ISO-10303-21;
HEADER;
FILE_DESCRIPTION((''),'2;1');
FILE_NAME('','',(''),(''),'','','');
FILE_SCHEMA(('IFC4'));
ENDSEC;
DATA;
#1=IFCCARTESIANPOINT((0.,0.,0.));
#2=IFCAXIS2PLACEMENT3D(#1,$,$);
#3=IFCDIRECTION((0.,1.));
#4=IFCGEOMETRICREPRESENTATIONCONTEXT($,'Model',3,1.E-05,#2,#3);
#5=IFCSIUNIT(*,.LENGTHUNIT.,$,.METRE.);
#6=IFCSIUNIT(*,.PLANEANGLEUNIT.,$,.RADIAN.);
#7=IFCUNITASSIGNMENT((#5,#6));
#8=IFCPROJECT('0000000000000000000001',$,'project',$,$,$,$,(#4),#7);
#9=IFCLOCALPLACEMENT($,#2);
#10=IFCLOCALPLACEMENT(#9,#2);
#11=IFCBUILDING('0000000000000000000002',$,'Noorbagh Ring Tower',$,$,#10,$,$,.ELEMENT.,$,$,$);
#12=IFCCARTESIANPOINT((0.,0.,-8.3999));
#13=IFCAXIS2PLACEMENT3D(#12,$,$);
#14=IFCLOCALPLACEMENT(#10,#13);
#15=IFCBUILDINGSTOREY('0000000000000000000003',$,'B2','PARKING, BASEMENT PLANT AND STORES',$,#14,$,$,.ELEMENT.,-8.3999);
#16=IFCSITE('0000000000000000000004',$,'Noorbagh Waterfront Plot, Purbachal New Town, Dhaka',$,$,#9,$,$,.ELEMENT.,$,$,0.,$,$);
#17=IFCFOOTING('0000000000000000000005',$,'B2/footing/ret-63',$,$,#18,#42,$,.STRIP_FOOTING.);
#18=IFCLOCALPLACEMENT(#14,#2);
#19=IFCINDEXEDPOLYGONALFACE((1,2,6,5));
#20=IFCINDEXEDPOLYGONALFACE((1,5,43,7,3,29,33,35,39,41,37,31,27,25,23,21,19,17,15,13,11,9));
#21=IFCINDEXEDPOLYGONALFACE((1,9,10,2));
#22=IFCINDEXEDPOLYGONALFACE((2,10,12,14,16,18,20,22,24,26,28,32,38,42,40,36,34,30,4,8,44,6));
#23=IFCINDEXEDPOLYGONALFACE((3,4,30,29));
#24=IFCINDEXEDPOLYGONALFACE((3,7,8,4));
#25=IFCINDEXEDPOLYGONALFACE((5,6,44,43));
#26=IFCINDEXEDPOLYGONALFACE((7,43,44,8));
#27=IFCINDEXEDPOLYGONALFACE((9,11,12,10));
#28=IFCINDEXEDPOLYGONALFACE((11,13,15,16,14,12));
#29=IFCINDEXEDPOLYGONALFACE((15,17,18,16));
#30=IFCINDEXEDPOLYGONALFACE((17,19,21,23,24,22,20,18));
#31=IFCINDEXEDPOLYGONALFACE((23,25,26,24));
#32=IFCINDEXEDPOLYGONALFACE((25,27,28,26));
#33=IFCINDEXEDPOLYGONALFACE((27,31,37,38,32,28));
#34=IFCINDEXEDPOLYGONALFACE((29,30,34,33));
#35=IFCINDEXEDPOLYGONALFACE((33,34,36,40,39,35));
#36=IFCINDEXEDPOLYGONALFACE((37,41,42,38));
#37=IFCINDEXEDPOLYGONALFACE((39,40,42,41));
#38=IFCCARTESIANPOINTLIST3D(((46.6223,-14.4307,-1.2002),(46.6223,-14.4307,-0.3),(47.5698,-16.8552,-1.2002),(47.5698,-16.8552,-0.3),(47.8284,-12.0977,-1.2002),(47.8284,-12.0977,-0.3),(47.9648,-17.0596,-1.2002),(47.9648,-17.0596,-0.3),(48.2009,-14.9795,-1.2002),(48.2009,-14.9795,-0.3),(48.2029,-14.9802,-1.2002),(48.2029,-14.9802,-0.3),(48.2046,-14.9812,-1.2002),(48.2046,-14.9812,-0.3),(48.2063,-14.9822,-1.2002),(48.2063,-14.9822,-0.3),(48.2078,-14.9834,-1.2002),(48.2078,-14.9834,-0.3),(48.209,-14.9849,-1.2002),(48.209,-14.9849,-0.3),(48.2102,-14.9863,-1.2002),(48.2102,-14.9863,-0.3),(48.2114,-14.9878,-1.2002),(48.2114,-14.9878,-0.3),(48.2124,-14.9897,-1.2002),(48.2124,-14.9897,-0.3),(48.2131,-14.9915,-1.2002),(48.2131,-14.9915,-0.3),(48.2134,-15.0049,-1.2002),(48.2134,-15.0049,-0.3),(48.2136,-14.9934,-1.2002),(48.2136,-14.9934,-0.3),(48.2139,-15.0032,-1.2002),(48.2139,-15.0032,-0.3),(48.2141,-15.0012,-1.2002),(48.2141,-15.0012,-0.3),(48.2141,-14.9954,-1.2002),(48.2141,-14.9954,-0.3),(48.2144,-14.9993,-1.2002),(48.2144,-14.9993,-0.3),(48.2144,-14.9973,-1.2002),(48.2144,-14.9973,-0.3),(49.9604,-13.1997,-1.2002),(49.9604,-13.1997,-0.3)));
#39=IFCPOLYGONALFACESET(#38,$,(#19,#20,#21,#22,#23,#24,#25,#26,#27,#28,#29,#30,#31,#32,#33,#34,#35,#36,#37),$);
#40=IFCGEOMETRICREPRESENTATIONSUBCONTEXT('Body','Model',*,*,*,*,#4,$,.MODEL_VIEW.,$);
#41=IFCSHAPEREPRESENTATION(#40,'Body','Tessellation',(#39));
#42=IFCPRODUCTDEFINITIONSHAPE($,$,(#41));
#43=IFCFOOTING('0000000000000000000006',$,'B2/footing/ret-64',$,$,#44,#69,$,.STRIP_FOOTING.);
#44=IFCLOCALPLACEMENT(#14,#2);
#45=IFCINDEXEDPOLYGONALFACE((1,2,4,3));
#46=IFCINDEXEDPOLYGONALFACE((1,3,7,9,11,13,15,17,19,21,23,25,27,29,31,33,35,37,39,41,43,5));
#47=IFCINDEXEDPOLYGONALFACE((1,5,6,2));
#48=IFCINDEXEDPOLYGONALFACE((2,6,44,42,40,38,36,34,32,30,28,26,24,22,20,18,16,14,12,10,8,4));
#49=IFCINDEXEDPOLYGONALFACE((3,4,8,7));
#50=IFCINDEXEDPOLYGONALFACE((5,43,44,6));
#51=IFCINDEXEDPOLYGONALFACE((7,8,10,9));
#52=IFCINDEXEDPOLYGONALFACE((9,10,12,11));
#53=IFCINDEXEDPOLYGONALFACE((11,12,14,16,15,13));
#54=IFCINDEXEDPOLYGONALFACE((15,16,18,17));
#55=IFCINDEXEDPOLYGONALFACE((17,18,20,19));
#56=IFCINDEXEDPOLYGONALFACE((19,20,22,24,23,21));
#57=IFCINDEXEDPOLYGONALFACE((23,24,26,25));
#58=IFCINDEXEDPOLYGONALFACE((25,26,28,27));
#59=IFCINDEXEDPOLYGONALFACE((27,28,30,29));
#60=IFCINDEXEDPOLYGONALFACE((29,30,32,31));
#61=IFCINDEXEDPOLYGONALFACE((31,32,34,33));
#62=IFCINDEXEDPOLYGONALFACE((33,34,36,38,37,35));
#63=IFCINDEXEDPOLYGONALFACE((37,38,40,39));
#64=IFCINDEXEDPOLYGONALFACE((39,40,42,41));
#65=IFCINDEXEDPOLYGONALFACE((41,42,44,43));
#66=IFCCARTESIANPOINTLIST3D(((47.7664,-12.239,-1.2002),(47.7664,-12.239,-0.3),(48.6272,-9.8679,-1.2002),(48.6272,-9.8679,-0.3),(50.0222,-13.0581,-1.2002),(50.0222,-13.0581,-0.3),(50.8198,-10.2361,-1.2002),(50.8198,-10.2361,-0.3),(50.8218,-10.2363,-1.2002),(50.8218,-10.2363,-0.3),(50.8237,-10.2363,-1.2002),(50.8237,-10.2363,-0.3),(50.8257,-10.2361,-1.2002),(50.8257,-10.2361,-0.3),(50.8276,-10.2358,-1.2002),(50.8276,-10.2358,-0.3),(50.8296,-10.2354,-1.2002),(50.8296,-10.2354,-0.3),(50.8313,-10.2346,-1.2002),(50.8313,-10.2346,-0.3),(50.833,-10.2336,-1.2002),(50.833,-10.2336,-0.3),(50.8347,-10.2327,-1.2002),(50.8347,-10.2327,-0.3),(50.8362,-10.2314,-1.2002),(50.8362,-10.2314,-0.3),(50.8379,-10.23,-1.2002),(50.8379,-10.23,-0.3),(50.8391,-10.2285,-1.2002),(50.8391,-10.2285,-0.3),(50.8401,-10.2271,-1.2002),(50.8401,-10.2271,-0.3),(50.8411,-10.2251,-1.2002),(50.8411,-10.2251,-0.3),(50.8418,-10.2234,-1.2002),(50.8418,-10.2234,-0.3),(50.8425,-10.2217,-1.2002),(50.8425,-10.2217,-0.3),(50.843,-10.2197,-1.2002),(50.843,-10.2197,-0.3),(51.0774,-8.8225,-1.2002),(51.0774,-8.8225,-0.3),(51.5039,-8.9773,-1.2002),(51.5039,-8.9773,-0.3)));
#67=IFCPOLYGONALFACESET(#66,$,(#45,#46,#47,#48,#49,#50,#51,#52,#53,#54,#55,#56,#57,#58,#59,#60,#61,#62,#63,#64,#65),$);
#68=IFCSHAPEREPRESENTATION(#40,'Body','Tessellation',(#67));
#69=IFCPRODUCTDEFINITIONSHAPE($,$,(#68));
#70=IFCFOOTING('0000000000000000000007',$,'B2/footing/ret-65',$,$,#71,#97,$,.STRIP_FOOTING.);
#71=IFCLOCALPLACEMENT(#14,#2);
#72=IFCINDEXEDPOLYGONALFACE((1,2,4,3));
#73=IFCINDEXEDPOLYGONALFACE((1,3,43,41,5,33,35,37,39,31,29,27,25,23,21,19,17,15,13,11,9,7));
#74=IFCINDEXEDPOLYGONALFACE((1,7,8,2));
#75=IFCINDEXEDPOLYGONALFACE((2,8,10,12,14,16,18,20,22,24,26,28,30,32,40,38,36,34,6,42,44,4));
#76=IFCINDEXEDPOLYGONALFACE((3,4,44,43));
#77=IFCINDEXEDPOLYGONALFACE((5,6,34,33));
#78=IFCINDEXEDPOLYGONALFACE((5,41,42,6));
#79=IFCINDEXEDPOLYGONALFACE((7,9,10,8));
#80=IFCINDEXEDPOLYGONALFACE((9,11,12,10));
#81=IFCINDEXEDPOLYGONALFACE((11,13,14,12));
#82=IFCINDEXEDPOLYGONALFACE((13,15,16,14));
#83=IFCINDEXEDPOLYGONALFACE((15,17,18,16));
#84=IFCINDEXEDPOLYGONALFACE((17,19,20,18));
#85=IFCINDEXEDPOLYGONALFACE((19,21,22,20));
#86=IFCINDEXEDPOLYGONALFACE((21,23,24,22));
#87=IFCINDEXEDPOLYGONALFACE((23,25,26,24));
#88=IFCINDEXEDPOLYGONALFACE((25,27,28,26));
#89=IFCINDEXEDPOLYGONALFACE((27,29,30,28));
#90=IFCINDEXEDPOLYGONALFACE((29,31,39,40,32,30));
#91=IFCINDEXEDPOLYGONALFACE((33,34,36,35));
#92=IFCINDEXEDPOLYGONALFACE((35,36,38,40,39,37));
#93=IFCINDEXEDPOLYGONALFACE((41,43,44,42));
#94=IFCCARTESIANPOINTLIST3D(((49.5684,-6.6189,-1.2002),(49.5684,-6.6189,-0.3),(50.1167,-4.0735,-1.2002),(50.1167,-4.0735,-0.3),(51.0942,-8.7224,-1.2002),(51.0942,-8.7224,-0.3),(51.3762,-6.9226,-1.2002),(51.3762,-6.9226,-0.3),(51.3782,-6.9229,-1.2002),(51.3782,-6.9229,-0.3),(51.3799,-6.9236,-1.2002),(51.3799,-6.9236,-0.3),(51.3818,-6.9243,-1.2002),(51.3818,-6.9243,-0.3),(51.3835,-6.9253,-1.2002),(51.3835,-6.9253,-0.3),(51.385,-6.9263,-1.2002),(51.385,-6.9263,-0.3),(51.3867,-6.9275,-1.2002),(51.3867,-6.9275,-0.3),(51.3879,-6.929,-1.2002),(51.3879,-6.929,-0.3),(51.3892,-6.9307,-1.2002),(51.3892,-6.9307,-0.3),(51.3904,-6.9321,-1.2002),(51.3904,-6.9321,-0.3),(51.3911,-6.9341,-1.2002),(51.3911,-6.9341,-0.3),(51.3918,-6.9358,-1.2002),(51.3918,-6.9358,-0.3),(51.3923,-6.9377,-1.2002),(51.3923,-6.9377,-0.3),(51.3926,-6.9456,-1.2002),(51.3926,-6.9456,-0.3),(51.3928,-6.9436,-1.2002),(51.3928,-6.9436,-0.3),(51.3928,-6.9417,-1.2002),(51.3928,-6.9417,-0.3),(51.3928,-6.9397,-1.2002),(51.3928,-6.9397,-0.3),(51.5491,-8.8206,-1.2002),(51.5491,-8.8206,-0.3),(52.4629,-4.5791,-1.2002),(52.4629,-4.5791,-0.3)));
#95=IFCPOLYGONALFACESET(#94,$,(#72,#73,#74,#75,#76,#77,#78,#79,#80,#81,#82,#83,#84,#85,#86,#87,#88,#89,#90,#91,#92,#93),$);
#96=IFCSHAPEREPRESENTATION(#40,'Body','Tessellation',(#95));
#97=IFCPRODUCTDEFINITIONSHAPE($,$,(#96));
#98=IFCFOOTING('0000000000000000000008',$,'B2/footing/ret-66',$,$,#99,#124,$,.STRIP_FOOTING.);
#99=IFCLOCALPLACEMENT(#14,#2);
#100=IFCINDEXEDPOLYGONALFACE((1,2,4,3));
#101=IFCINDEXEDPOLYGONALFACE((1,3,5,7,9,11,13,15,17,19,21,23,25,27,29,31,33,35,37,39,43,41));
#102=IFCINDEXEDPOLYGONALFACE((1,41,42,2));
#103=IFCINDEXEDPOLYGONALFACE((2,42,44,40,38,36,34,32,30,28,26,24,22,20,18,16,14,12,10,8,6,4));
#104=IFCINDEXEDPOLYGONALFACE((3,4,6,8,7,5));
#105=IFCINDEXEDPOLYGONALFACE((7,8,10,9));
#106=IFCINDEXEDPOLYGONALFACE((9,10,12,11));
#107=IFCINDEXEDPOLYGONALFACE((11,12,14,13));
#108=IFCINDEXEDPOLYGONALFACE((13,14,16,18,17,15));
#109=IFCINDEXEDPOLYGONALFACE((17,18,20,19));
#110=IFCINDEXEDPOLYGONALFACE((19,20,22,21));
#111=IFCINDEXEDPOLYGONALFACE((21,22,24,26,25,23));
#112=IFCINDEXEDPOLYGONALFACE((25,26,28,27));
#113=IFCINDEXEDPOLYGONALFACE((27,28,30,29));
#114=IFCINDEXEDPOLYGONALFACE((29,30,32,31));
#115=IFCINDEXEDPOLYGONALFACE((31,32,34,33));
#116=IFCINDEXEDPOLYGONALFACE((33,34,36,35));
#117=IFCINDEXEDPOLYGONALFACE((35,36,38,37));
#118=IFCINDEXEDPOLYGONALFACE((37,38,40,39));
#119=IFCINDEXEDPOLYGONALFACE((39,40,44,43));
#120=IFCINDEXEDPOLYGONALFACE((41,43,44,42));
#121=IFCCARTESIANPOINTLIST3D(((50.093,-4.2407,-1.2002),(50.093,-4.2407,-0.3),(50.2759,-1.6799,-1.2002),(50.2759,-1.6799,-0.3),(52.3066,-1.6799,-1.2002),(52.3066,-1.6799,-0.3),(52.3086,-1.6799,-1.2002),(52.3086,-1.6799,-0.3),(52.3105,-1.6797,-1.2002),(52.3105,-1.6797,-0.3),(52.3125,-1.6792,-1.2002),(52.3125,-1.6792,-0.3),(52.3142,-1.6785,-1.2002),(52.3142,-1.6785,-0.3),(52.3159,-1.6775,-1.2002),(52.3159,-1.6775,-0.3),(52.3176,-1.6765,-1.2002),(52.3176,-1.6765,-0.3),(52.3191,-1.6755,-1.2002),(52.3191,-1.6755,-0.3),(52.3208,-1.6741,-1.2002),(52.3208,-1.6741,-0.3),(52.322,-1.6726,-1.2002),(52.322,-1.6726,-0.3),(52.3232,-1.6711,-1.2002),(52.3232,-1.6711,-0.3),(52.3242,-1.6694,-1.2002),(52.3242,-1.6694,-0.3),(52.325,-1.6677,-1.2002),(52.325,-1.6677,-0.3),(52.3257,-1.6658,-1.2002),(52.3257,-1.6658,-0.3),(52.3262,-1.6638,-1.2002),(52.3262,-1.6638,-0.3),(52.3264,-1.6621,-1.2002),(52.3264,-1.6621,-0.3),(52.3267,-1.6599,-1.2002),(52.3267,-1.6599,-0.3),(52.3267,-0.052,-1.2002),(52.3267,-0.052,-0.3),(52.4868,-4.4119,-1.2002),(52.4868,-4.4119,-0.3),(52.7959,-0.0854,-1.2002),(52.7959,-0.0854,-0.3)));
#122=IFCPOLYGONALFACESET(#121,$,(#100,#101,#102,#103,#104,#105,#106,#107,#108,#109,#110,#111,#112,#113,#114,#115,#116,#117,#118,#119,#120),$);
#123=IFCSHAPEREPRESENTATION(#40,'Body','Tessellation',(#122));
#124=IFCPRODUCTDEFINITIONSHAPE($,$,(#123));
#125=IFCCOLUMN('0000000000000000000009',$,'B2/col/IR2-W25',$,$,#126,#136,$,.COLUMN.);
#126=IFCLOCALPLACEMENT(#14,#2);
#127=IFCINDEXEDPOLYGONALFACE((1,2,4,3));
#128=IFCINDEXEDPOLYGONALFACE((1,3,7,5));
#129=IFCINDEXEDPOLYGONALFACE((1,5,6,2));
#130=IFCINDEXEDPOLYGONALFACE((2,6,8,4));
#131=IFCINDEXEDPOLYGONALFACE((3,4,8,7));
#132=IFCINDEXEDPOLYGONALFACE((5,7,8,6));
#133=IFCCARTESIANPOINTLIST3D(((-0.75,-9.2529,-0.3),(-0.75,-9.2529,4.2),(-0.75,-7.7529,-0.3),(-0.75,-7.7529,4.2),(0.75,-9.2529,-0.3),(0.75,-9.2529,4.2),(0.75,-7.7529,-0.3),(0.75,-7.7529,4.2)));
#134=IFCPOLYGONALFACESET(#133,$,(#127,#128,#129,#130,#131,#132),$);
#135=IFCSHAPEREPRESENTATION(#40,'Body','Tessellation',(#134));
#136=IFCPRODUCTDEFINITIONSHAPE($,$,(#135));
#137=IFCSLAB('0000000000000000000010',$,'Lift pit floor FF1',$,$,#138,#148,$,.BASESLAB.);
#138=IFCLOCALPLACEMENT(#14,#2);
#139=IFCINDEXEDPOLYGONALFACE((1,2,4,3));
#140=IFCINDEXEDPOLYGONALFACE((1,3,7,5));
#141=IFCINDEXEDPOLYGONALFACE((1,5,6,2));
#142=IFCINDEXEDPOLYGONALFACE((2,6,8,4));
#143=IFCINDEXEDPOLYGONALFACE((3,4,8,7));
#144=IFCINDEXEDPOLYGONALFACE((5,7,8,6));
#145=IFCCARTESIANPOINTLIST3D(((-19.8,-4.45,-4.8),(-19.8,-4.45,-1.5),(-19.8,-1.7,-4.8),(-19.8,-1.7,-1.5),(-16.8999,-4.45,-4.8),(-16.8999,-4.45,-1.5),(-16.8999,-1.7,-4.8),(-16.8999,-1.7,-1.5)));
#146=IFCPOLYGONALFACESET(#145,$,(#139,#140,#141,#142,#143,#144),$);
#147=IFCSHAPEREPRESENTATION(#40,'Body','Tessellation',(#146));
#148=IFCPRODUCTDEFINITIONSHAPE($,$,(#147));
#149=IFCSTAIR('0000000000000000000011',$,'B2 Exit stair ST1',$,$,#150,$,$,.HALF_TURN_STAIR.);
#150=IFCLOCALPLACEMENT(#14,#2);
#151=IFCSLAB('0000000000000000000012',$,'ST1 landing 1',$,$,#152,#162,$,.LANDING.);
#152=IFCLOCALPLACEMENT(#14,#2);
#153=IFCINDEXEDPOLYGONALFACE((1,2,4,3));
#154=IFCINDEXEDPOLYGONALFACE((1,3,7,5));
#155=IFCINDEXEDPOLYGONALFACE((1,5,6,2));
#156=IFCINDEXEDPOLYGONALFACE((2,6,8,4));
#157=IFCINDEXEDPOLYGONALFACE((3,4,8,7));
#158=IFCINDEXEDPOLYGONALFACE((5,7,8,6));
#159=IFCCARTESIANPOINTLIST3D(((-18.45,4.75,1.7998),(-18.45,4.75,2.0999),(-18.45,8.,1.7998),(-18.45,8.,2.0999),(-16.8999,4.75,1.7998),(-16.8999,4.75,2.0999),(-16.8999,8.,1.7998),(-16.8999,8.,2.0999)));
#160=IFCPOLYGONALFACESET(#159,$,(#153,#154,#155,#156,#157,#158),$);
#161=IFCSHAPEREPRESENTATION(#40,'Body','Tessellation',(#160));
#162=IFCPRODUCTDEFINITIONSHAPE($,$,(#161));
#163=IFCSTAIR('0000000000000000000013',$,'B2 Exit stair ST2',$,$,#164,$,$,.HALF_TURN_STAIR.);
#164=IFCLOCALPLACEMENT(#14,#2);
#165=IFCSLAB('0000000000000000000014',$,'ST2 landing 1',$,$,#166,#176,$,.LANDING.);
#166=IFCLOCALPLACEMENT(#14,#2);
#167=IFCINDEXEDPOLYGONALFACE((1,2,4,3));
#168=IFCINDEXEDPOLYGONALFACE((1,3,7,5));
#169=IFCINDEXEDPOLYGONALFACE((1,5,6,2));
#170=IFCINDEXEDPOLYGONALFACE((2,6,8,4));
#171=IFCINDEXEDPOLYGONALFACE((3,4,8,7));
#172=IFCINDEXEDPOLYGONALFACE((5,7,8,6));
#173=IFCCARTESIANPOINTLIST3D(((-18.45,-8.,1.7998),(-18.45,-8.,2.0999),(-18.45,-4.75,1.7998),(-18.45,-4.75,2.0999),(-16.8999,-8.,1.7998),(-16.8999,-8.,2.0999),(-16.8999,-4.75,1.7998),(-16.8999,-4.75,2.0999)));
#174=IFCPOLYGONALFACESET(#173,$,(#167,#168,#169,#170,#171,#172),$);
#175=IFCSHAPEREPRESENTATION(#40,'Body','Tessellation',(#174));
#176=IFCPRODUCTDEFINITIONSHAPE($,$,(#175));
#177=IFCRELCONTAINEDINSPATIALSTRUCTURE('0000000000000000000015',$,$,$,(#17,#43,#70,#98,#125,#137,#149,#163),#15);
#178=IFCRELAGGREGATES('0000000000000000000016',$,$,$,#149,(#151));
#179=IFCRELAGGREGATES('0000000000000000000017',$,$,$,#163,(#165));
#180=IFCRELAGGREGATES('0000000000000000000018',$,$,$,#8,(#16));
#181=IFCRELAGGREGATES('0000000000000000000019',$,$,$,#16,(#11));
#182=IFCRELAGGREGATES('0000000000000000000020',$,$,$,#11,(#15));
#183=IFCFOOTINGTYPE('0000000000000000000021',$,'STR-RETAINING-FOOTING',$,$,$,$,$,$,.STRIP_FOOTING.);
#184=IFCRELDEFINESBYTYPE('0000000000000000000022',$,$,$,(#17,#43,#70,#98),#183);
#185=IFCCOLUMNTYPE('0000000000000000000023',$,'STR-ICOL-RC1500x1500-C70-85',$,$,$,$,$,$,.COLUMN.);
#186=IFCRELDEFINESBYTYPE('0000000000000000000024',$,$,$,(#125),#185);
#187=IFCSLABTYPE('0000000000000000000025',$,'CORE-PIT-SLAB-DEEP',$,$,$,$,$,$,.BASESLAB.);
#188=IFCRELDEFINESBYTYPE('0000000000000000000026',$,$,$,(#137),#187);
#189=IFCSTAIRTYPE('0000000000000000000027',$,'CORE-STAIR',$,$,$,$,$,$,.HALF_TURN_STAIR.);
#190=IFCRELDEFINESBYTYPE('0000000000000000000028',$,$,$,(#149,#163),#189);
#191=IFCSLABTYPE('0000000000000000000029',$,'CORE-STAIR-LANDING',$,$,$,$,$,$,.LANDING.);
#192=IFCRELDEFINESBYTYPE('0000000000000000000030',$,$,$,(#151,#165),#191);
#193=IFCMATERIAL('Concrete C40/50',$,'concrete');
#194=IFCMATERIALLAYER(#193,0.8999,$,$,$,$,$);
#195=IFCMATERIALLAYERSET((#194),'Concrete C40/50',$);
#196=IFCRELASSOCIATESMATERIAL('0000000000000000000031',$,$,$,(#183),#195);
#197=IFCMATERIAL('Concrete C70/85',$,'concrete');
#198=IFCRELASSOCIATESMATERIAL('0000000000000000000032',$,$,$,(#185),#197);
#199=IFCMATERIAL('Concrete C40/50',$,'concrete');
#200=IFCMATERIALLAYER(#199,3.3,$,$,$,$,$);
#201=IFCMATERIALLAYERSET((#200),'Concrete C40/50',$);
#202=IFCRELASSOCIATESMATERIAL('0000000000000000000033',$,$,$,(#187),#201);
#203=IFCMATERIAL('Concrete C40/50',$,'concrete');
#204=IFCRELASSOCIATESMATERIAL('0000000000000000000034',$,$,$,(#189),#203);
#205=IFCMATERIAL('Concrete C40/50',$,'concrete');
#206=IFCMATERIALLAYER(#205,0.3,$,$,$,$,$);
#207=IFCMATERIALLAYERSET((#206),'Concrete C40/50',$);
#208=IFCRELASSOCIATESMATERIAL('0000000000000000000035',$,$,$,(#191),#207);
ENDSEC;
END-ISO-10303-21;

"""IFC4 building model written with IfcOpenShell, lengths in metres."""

from ifc_helpers import new_model, si_unit, direction, frame, origin, origin_2d, place, context, subcontext, project, spatial, polyline, rectangle, outline, extrude, material, layer, layer_set, material_profile, profile_set, type_object, element, aggregate, save


model = new_model("IFC4")

# Units and contexts
model_context = context("Model", 3, precision=1e-05, world=origin(), true_north=direction((0.0, 1.0)))
body_context = subcontext(model_context, "Body", "Model", "MODEL_VIEW")
ifc_project = project(units=[si_unit("LENGTHUNIT", "METRE"), si_unit("PLANEANGLEUNIT", "RADIAN")], contexts=[model_context])

# Site, building, storey
site_placement = place(None, origin())
site = spatial("IfcSite", under=ifc_project, at=site_placement, Name="Noorbagh Waterfront Plot, Purbachal New Town, Dhaka", CompositionType="ELEMENT", RefElevation=0.0)
building_placement = place(site_placement, origin())
building = spatial("IfcBuilding", under=site, at=building_placement, Name="Noorbagh Ring Tower", CompositionType="ELEMENT")
storey_placement = place(building_placement, frame((0.0, 0.0, -8.3999)))
storey = spatial("IfcBuildingStorey", under=building, at=storey_placement, Name="B2", Description="PARKING, BASEMENT PLANT AND STORES", CompositionType="ELEMENT", Elevation=-8.3999)

# Footings
ifc_material_1 = material(Name="Concrete C40/50", Category="concrete")
ifc_layer_1 = layer(ifc_material_1, 0.8999)
ifc_layer_set_1 = layer_set([ifc_layer_1], Name="Concrete C40/50")
footing_type = type_object("IfcFootingType", Name="STR-RETAINING-FOOTING", PredefinedType="STRIP_FOOTING", material=ifc_layer_set_1)
footing_1_placement = place(storey_placement, frame((0.0, 0.0, -1.2002)))
element("IfcFooting", 1, at=footing_1_placement, inside=storey, type_object=footing_type, Name="B2/footing/ret-63", PredefinedType="STRIP_FOOTING", context=body_context, shape_type="SweptSolid", body=[
    extrude(outline(polyline([(49.9604, -13.1997), (47.9648, -17.0596), (47.5698, -16.8552), (48.2134, -15.0049), (48.2139, -15.0032), (48.2141, -15.0012), (48.2144, -14.9993), (48.2144, -14.9973), (48.2141, -14.9954), (48.2136, -14.9934), (48.2131, -14.9915), (48.2124, -14.9897), (48.2114, -14.9878), (48.2102, -14.9863), (48.209, -14.9849), (48.2078, -14.9834), (48.2063, -14.9822), (48.2046, -14.9812), (48.2029, -14.9802), (48.2009, -14.9795), (46.6223, -14.4307), (47.8284, -12.0977), (49.9604, -13.1997)])), origin(), (0.0, 0.0, 1.0), 0.9001),
])
footing_2_placement = place(storey_placement, frame((0.0, 0.0, -1.2002)))
element("IfcFooting", 2, at=footing_2_placement, inside=storey, type_object=footing_type, Name="B2/footing/ret-64", PredefinedType="STRIP_FOOTING", context=body_context, shape_type="SweptSolid", body=[
    extrude(outline(polyline([(51.5039, -8.9773), (50.0222, -13.0581), (47.7664, -12.239), (48.6272, -9.8679), (50.8198, -10.2361), (50.8218, -10.2363), (50.8237, -10.2363), (50.8257, -10.2361), (50.8276, -10.2358), (50.8296, -10.2354), (50.8313, -10.2346), (50.833, -10.2336), (50.8347, -10.2327), (50.8362, -10.2314), (50.8379, -10.23), (50.8391, -10.2285), (50.8401, -10.2271), (50.8411, -10.2251), (50.8418, -10.2234), (50.8425, -10.2217), (50.843, -10.2197), (51.0774, -8.8225), (51.5039, -8.9773)])), origin(), (0.0, 0.0, 1.0), 0.9001),
])
footing_3_placement = place(storey_placement, frame((0.0, 0.0, -1.2002)))
element("IfcFooting", 3, at=footing_3_placement, inside=storey, type_object=footing_type, Name="B2/footing/ret-65", PredefinedType="STRIP_FOOTING", context=body_context, shape_type="SweptSolid", body=[
    extrude(outline(polyline([(52.4629, -4.5791), (51.5491, -8.8206), (51.0942, -8.7224), (51.3926, -6.9456), (51.3928, -6.9436), (51.3928, -6.9417), (51.3928, -6.9397), (51.3923, -6.9377), (51.3918, -6.9358), (51.3911, -6.9341), (51.3904, -6.9321), (51.3892, -6.9307), (51.3879, -6.929), (51.3867, -6.9275), (51.385, -6.9263), (51.3835, -6.9253), (51.3818, -6.9243), (51.3799, -6.9236), (51.3782, -6.9229), (51.3762, -6.9226), (49.5684, -6.6189), (50.1167, -4.0735), (52.4629, -4.5791)])), origin(), (0.0, 0.0, 1.0), 0.9001),
])
footing_4_placement = place(storey_placement, frame((0.0, 0.0, -1.2002)))
element("IfcFooting", 4, at=footing_4_placement, inside=storey, type_object=footing_type, Name="B2/footing/ret-66", PredefinedType="STRIP_FOOTING", context=body_context, shape_type="SweptSolid", body=[
    extrude(outline(polyline([(52.7959, -0.0854), (52.4868, -4.4119), (50.093, -4.2407), (50.2759, -1.6799), (52.3066, -1.6799), (52.3086, -1.6799), (52.3105, -1.6797), (52.3125, -1.6792), (52.3142, -1.6785), (52.3159, -1.6775), (52.3176, -1.6765), (52.3191, -1.6755), (52.3208, -1.6741), (52.322, -1.6726), (52.3232, -1.6711), (52.3242, -1.6694), (52.325, -1.6677), (52.3257, -1.6658), (52.3262, -1.6638), (52.3264, -1.6621), (52.3267, -1.6599), (52.3267, -0.052), (52.7959, -0.0854)])), origin(), (0.0, 0.0, 1.0), 0.9001),
])

# Column
ifc_material_2 = material(Name="Concrete C70/85", Category="concrete")
ifc_material_profile = material_profile(ifc_material_2, rectangle(XDim=1.5, YDim=1.5, at=origin_2d()), Name="RC1500x1500")
ifc_profile_set = profile_set([ifc_material_profile], Name="Concrete C70/85")
column_type = type_object("IfcColumnType", Name="STR-ICOL-RC1500x1500-C70-85", PredefinedType="COLUMN", material=ifc_profile_set)
column_placement = place(storey_placement, frame((0.0, -8.5029, -0.3), z_axis=(0.0, 0.0, 1.0), x_axis=(1.0, 0.0, 0.0)))
element("IfcColumn", 5, at=column_placement, inside=storey, type_object=column_type, Name="B2/col/IR2-W25", PredefinedType="COLUMN", context=body_context, shape_type="SweptSolid", body=[
    extrude(rectangle(XDim=1.5, YDim=1.5, at=origin_2d()), origin(), (0.0, 0.0, 1.0), 4.5),
])

# Slab
ifc_material_3 = material(Name="Concrete C40/50", Category="concrete")
ifc_layer_2 = layer(ifc_material_3, 3.3)
ifc_layer_set_2 = layer_set([ifc_layer_2], Name="Concrete C40/50")
slab_type_1 = type_object("IfcSlabType", Name="CORE-PIT-SLAB-DEEP", PredefinedType="BASESLAB", material=ifc_layer_set_2)
slab_1_placement = place(storey_placement, frame((0.0, 0.0, -4.8)))
element("IfcSlab", 6, at=slab_1_placement, inside=storey, type_object=slab_type_1, Name="Lift pit floor FF1", PredefinedType="BASESLAB", context=body_context, shape_type="SweptSolid", body=[
    extrude(outline(polyline([(-16.8999, -1.7), (-19.8, -1.7), (-19.8, -4.45), (-16.8999, -4.45), (-16.8999, -1.7)])), origin(), (0.0, 0.0, 1.0), 3.3),
])

# Stairs, slabs
ifc_material_4 = material(Name="Concrete C40/50", Category="concrete")
stair_type = type_object("IfcStairType", Name="CORE-STAIR", PredefinedType="HALF_TURN_STAIR", material=ifc_material_4)
stair_1_placement = place(storey_placement, origin())
stair_1 = element("IfcStair", 7, at=stair_1_placement, inside=storey, type_object=stair_type, Name="B2 Exit stair ST1", PredefinedType="HALF_TURN_STAIR")
ifc_material_5 = material(Name="Concrete C40/50", Category="concrete")
ifc_layer_3 = layer(ifc_material_5, 0.3)
ifc_layer_set_3 = layer_set([ifc_layer_3], Name="Concrete C40/50")
slab_type_2 = type_object("IfcSlabType", Name="CORE-STAIR-LANDING", PredefinedType="LANDING", material=ifc_layer_set_3)
slab_2_placement = place(storey_placement, frame((0.0, 0.0, 1.7998)))
slab_2 = element("IfcSlab", 8, at=slab_2_placement, type_object=slab_type_2, Name="ST1 landing 1", PredefinedType="LANDING", context=body_context, shape_type="SweptSolid", body=[
    extrude(outline(polyline([(-18.45, 4.75), (-16.8999, 4.75), (-16.8999, 8.0), (-18.45, 8.0), (-18.45, 4.75)])), origin(), (0.0, 0.0, 1.0), 0.3),
])
aggregate(stair_1, [slab_2])
stair_2_placement = place(storey_placement, origin())
stair_2 = element("IfcStair", 9, at=stair_2_placement, inside=storey, type_object=stair_type, Name="B2 Exit stair ST2", PredefinedType="HALF_TURN_STAIR")
slab_3_placement = place(storey_placement, frame((0.0, 0.0, 1.7998)))
slab_3 = element("IfcSlab", 10, at=slab_3_placement, type_object=slab_type_2, Name="ST2 landing 1", PredefinedType="LANDING", context=body_context, shape_type="SweptSolid", body=[
    extrude(outline(polyline([(-18.45, -8.0), (-16.8999, -8.0), (-16.8999, -4.75), (-18.45, -4.75), (-18.45, -8.0)])), origin(), (0.0, 0.0, 1.0), 0.3),
])
aggregate(stair_2, [slab_3])

save(model, "model.ifc")
